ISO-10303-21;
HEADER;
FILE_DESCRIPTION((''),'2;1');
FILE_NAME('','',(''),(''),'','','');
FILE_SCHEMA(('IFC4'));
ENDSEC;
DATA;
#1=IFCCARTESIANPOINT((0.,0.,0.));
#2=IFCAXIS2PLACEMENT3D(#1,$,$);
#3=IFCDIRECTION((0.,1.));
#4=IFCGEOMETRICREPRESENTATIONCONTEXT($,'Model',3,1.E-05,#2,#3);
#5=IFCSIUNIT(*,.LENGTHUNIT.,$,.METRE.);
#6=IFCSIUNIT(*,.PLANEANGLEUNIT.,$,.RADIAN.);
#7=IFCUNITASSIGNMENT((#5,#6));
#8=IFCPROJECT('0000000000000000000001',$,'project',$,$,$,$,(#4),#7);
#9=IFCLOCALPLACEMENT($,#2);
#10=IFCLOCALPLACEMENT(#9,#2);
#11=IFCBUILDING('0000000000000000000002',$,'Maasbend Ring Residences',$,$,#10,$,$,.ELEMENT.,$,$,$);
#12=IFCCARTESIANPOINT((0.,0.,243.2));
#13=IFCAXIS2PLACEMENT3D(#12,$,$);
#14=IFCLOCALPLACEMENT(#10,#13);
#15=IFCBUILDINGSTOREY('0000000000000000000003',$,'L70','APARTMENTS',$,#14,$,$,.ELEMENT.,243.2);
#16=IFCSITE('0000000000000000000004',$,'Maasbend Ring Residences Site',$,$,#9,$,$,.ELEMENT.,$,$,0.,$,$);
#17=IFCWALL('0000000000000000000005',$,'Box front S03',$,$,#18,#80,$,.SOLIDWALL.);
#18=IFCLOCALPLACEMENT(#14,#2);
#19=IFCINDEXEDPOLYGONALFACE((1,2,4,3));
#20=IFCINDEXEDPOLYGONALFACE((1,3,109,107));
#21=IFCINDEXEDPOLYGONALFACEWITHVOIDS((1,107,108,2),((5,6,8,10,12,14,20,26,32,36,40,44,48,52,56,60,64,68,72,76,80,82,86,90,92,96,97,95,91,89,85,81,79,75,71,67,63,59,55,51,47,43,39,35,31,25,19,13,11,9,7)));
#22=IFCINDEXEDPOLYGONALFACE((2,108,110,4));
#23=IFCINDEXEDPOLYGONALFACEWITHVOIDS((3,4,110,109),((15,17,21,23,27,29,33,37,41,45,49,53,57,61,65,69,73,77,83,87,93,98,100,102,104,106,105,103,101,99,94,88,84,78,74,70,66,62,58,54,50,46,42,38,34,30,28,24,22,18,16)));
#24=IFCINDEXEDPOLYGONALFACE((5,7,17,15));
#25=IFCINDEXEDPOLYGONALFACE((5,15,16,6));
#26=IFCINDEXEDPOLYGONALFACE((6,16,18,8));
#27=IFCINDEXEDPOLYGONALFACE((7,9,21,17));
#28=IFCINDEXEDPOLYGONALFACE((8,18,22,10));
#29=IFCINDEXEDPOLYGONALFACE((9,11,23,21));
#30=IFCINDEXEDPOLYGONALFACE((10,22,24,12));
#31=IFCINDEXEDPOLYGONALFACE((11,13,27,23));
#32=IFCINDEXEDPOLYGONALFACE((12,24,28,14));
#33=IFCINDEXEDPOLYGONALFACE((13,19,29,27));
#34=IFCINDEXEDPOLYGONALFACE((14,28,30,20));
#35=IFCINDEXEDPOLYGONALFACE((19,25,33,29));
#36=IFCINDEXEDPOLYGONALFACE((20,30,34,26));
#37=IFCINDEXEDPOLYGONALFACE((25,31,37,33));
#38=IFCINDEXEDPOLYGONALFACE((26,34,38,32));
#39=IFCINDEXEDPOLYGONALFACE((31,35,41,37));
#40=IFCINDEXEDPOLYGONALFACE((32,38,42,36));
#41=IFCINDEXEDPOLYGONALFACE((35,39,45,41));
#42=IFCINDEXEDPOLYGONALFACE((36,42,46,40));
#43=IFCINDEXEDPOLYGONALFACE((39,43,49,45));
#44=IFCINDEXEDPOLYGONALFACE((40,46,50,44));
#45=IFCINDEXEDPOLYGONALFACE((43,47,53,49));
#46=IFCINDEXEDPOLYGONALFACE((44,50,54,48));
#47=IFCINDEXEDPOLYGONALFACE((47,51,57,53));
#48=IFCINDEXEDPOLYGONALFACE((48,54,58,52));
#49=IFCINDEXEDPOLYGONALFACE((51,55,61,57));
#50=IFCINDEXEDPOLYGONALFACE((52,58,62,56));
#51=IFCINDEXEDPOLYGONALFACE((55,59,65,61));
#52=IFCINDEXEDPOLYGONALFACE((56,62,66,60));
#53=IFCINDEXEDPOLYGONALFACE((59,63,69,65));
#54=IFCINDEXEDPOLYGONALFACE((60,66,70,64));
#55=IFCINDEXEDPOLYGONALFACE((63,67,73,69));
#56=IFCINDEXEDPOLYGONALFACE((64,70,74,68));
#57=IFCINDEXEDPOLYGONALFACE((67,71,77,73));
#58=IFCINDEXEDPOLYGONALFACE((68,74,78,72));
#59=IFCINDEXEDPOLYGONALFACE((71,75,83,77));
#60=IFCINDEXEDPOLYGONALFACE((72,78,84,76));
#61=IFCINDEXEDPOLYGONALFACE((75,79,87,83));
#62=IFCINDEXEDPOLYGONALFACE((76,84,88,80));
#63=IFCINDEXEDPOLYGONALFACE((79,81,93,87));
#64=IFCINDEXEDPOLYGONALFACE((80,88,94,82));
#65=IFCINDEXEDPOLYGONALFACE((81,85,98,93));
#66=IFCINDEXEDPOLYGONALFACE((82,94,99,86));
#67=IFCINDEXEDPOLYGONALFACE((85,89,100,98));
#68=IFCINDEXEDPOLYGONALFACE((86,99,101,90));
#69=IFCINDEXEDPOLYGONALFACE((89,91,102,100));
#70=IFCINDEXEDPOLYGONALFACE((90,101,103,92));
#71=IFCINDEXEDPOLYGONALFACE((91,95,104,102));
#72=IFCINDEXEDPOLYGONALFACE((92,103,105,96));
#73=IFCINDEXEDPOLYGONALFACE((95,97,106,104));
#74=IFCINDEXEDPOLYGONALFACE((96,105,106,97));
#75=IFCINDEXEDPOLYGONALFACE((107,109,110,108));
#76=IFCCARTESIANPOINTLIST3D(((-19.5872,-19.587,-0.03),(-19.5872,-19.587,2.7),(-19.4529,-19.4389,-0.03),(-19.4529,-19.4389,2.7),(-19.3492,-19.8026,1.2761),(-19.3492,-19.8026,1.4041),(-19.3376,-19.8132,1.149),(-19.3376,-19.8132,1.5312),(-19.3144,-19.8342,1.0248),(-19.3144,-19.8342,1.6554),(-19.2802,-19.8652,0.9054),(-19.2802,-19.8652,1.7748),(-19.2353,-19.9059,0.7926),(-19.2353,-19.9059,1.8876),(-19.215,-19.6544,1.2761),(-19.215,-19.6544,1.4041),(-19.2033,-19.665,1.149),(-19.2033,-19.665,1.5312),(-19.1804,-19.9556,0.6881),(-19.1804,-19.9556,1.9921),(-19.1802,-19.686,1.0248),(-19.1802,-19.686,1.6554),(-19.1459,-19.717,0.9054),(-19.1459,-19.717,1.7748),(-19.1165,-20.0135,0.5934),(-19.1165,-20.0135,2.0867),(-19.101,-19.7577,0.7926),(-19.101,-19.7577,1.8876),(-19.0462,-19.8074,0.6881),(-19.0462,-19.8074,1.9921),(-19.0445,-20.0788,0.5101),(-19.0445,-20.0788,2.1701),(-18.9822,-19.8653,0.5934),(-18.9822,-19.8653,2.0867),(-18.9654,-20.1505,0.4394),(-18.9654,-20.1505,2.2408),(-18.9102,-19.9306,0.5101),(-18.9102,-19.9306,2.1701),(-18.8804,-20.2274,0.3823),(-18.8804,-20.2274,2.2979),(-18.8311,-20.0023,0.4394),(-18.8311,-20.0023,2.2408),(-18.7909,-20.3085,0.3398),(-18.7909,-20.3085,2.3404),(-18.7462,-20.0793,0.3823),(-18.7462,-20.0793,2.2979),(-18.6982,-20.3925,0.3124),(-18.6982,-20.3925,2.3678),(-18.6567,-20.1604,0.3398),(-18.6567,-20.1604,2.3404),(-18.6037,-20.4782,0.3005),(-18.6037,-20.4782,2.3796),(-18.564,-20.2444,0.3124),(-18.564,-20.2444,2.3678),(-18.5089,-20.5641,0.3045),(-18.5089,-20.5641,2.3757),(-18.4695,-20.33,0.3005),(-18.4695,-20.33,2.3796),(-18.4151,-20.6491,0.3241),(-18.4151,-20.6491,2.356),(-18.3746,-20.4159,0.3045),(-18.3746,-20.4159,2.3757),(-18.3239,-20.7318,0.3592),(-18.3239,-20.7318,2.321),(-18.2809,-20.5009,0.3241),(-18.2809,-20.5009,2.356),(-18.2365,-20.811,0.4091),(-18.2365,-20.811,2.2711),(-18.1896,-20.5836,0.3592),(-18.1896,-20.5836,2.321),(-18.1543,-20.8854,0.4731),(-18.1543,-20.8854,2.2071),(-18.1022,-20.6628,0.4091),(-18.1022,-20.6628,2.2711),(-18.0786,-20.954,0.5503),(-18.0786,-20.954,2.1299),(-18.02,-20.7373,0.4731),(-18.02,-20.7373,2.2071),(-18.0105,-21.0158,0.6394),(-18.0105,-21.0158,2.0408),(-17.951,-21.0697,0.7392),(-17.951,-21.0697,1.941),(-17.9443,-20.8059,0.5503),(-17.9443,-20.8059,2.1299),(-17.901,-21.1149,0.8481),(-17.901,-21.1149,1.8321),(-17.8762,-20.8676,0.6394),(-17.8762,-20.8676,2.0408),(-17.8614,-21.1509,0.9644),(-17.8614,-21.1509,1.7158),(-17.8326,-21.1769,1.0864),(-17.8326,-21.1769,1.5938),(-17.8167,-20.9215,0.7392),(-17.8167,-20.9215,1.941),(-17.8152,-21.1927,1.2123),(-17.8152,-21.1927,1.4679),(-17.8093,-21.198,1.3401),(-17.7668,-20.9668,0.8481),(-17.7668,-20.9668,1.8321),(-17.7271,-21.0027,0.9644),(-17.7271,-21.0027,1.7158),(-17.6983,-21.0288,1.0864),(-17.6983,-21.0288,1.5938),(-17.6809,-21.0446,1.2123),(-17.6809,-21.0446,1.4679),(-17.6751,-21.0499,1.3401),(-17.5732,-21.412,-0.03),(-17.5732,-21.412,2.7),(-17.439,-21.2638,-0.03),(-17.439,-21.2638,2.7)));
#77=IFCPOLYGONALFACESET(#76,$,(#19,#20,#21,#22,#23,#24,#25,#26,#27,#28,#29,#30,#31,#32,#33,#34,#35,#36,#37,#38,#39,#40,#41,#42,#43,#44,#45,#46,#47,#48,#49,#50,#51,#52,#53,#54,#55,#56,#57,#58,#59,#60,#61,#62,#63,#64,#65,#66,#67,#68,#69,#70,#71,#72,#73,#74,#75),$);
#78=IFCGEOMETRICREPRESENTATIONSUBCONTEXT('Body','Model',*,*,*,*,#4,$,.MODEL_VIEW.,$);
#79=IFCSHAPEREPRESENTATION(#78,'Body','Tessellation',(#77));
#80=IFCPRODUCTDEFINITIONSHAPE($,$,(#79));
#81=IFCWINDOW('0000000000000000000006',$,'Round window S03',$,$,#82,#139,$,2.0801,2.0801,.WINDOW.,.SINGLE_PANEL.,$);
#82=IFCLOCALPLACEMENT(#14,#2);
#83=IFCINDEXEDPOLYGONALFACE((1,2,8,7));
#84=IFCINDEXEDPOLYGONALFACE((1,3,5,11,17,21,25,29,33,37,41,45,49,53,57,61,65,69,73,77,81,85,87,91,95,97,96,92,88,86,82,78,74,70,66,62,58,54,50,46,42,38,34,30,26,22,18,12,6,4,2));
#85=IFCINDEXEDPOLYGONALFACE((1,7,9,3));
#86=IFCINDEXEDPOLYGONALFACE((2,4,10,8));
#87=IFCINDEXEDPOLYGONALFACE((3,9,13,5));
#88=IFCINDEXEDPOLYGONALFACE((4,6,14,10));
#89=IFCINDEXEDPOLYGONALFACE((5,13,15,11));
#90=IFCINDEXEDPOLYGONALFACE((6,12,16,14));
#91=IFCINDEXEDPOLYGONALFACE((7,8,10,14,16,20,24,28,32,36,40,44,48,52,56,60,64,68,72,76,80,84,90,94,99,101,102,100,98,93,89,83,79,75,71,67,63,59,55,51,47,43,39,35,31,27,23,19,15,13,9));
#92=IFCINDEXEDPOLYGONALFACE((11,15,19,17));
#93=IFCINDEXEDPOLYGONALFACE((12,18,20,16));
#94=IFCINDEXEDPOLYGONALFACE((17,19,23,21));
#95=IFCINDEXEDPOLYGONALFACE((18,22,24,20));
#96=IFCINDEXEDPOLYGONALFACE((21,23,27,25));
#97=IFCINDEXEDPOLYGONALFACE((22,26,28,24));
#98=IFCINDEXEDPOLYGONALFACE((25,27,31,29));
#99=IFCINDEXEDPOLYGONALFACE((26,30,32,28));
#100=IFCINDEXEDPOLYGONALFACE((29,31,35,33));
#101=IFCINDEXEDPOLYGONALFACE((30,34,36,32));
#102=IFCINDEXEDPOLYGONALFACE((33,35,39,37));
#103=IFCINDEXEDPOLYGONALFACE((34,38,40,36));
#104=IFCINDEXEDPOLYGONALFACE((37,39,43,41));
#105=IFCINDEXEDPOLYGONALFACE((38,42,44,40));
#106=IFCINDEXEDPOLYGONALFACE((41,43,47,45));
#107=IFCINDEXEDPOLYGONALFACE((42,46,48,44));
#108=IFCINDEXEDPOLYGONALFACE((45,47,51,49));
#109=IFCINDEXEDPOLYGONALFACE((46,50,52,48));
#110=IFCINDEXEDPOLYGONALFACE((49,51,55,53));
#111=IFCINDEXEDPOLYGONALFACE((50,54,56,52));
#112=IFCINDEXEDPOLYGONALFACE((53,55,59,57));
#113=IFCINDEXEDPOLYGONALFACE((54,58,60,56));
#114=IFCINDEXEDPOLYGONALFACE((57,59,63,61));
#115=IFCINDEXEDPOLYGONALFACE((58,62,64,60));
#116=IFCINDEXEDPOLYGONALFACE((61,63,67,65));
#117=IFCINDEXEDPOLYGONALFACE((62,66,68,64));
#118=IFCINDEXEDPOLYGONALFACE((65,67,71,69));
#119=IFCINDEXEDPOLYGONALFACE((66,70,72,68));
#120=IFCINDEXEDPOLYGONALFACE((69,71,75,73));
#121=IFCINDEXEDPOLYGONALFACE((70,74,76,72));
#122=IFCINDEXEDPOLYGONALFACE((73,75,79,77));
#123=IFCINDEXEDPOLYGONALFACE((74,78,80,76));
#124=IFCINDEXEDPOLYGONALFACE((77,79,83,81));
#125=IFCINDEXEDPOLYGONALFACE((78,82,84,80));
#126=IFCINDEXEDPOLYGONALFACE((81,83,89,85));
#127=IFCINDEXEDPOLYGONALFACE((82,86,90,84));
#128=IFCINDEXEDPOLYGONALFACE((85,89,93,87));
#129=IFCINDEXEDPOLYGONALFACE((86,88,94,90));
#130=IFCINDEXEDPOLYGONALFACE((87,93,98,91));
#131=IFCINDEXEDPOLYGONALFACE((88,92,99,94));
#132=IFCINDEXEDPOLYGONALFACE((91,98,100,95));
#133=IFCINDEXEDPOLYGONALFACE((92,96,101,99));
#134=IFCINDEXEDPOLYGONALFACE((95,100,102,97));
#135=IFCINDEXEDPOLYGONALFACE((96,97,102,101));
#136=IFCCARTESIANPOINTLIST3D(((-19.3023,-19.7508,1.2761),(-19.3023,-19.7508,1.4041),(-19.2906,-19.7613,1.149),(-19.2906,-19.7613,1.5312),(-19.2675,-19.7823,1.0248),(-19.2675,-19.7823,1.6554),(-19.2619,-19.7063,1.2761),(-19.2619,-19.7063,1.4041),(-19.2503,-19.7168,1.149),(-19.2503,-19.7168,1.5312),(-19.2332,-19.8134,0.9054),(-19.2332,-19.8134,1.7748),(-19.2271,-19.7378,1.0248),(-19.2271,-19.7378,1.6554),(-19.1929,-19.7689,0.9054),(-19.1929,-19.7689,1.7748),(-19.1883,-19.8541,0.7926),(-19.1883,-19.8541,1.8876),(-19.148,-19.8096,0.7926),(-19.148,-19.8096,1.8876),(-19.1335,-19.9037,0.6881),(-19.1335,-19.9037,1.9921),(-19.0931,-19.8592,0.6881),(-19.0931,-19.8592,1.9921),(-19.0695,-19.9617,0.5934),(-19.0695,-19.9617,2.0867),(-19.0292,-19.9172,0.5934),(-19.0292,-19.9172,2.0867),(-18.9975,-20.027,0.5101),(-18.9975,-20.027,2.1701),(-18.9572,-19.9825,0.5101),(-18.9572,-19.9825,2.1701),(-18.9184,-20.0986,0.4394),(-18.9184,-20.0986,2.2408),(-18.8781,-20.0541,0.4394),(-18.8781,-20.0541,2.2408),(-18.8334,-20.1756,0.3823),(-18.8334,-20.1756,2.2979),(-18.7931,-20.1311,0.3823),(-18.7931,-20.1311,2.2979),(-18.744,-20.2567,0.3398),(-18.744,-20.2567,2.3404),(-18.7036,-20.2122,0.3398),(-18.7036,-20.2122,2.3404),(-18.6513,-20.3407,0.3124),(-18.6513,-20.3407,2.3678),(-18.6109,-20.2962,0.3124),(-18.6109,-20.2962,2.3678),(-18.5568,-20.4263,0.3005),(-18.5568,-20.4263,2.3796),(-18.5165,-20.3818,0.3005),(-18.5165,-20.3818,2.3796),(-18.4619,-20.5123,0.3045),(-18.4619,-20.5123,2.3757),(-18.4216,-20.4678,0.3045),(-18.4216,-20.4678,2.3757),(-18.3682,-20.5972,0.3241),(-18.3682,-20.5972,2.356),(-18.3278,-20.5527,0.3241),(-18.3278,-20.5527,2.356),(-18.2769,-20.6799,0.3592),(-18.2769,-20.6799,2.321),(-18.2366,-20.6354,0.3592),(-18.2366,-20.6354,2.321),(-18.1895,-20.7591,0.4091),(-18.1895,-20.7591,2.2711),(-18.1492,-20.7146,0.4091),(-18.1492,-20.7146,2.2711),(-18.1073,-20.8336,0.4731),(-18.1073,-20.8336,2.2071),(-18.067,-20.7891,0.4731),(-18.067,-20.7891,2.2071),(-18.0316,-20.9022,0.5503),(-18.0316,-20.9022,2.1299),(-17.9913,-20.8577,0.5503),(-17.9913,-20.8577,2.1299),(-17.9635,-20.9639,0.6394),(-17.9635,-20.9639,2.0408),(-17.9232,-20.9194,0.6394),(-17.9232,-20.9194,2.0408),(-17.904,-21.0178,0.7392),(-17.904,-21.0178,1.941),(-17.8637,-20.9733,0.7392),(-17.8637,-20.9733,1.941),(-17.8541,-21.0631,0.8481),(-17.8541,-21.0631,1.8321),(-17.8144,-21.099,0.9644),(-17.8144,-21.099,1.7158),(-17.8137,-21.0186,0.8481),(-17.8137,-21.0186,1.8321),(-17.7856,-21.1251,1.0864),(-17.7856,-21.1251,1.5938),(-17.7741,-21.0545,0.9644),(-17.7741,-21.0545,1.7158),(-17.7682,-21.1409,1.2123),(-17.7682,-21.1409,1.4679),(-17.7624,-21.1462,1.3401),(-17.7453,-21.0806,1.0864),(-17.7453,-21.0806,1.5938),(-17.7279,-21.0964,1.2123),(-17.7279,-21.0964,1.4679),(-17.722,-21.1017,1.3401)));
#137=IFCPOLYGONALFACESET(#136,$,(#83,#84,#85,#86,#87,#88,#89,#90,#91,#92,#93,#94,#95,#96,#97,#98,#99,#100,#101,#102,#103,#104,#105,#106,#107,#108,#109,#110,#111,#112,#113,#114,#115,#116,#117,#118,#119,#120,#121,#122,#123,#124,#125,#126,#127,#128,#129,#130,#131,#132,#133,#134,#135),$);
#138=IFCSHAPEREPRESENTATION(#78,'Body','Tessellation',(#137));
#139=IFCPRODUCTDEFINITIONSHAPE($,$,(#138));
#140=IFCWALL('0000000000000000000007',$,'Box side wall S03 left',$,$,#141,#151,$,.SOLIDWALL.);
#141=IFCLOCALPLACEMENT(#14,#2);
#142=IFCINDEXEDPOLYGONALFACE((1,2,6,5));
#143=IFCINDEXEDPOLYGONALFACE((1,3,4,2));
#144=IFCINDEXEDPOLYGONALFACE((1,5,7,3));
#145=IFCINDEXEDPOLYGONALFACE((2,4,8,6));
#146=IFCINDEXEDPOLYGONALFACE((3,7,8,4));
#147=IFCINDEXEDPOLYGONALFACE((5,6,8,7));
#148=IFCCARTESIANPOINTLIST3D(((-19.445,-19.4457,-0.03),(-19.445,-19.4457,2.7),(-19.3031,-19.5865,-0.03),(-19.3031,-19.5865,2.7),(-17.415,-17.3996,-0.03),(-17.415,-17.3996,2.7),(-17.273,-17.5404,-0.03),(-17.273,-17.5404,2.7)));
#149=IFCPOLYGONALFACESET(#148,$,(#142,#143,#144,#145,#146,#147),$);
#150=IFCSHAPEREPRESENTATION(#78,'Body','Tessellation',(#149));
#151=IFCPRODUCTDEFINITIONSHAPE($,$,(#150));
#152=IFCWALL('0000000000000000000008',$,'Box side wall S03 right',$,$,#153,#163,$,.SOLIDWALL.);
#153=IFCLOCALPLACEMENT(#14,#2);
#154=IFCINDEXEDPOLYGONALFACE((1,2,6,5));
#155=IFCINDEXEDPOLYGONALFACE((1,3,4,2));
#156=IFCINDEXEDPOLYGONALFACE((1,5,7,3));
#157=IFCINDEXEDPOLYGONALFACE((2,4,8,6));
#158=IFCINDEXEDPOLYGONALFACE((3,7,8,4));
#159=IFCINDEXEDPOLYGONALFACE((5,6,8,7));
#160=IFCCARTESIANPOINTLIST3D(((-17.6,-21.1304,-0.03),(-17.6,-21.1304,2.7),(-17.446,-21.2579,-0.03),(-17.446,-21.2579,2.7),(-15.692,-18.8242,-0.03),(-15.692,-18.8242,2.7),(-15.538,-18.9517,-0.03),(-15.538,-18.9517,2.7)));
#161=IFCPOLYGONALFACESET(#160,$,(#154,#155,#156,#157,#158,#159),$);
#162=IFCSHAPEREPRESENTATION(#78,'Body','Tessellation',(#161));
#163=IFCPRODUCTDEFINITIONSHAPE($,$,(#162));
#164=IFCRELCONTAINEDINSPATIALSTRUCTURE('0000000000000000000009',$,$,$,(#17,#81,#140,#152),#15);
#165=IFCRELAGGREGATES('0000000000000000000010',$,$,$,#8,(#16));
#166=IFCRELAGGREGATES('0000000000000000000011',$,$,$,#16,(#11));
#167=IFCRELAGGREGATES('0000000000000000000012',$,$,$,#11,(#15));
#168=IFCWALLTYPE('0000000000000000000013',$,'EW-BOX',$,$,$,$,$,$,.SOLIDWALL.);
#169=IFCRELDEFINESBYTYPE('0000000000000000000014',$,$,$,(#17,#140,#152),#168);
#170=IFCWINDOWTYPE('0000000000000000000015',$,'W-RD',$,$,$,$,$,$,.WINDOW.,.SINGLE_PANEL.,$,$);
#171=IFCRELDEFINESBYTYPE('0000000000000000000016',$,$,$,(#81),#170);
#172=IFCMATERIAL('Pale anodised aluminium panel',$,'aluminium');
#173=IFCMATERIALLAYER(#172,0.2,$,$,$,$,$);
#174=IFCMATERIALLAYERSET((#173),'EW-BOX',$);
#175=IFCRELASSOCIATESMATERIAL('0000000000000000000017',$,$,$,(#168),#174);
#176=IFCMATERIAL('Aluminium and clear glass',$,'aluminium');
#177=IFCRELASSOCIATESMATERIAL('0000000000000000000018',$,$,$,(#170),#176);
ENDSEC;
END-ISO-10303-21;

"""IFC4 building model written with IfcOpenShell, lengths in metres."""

from ifc_helpers import new_model, si_unit, direction, frame, frame_2d, origin, place, context, subcontext, project, spatial, rectangle, circle, extrude, material, layer, layer_set, type_object, element, fill, save


model = new_model("IFC4")

# Units and contexts
model_context = context("Model", 3, precision=1e-05, world=origin(), true_north=direction((0.0, 1.0)))
body_context = subcontext(model_context, "Body", "Model", "MODEL_VIEW")
ifc_project = project(units=[si_unit("LENGTHUNIT", "METRE"), si_unit("PLANEANGLEUNIT", "RADIAN")], contexts=[model_context])

# Site, building, storey
site_placement = place(None, origin())
site = spatial("IfcSite", under=ifc_project, at=site_placement, Name="Maasbend Ring Residences Site", CompositionType="ELEMENT", RefElevation=0.0)
building_placement = place(site_placement, origin())
building = spatial("IfcBuilding", under=site, at=building_placement, Name="Maasbend Ring Residences", CompositionType="ELEMENT")
storey_placement = place(building_placement, frame((0.0, 0.0, 243.2)))
storey = spatial("IfcBuildingStorey", under=building, at=storey_placement, Name="L70", Description="APARTMENTS", CompositionType="ELEMENT", Elevation=243.2)

# Shared definitions
ifc_material_1 = material(Name="Pale anodised aluminium panel", Category="aluminium")
ifc_layer_1 = layer(ifc_material_1, 0.2)
ifc_layer_set_1 = layer_set([ifc_layer_1], Name="EW-BOX")
wall_type_1 = type_object("IfcWallType", Name="EW-BOX", PredefinedType="SOLIDWALL", material=ifc_layer_set_1)
ifc_material_2 = material(Name="Aluminium and clear glass", Category="aluminium")
window_type_1 = type_object("IfcWindowType", Name="W-RD", PartitioningType="SINGLE_PANEL", PredefinedType="WINDOW", material=ifc_material_2)

# Wall, opening, window
wall_1_placement = place(storey_placement, frame((-19.52, -19.5129, -0.03), z_axis=(0.0, 0.0, 1.0), x_axis=(0.741016, -0.671487, 0.0)))
wall_1 = element("IfcWall", 1, at=wall_1_placement, inside=storey, type_object=wall_type_1, Name="Box front S03", PredefinedType="SOLIDWALL", context=body_context, shape_type="SweptSolid", body=[
    extrude(rectangle(XDim=2.7178, YDim=0.2, at=frame_2d((1.3589, 0.0))), origin(), (0.0, 0.0, 1.0), 2.73),
])
opening_1_placement = place(wall_1_placement, frame((0.3191, 0.0, 0.3301)))
opening_1 = element("IfcOpeningElement", 2, at=opening_1_placement, cuts=wall_1, PredefinedType="OPENING", context=body_context, shape_type="SweptSolid", body=[
    extrude(circle(Radius=1.04, at=frame_2d((1.04, 1.04))), frame((0.0, 0.1099, 0.0), z_axis=(0.0, -1.0, 0.0), x_axis=(1.0, 0.0, 0.0)), (0.0, 0.0, 1.0), 0.22),
])
window_1_placement = place(opening_1_placement, origin())
window_1 = element("IfcWindow", 3, at=window_1_placement, inside=storey, type_object=window_type_1, Name="Round window S03", OverallHeight=2.0801, OverallWidth=2.0801, PartitioningType="SINGLE_PANEL", PredefinedType="WINDOW", context=body_context, shape_type="SweptSolid", body=[
    extrude(circle(Radius=1.04, at=frame_2d((1.04, 1.04))), frame((0.0, 0.03, 0.0), z_axis=(0.0, -1.0, 0.0), x_axis=(1.0, 0.0, 0.0)), (0.0, 0.0, 1.0), 0.0601),
])
fill(opening_1, window_1)

# Walls
wall_2_placement = place(storey_placement, frame((-17.344, -17.47, -0.03), z_axis=(0.0, 0.0, 1.0), x_axis=(-0.704306, -0.709896, 0.0)))
element("IfcWall", 4, at=wall_2_placement, inside=storey, type_object=wall_type_1, Name="Box side wall S03 left", PredefinedType="SOLIDWALL", context=body_context, shape_type="SweptSolid", body=[
    extrude(rectangle(XDim=2.8823, YDim=0.2, at=frame_2d((1.4412, 0.0))), origin(), (0.0, 0.0, 1.0), 2.73),
])
wall_3_placement = place(storey_placement, frame((-15.615, -18.8879, -0.03), z_axis=(0.0, 0.0, 1.0), x_axis=(-0.637453, -0.77049, 0.0)))
element("IfcWall", 5, at=wall_3_placement, inside=storey, type_object=wall_type_1, Name="Box side wall S03 right", PredefinedType="SOLIDWALL", context=body_context, shape_type="SweptSolid", body=[
    extrude(rectangle(XDim=2.9932, YDim=0.2, at=frame_2d((1.4966, 0.0))), origin(), (0.0, 0.0, 1.0), 2.73),
])

save(model, "model.ifc")
